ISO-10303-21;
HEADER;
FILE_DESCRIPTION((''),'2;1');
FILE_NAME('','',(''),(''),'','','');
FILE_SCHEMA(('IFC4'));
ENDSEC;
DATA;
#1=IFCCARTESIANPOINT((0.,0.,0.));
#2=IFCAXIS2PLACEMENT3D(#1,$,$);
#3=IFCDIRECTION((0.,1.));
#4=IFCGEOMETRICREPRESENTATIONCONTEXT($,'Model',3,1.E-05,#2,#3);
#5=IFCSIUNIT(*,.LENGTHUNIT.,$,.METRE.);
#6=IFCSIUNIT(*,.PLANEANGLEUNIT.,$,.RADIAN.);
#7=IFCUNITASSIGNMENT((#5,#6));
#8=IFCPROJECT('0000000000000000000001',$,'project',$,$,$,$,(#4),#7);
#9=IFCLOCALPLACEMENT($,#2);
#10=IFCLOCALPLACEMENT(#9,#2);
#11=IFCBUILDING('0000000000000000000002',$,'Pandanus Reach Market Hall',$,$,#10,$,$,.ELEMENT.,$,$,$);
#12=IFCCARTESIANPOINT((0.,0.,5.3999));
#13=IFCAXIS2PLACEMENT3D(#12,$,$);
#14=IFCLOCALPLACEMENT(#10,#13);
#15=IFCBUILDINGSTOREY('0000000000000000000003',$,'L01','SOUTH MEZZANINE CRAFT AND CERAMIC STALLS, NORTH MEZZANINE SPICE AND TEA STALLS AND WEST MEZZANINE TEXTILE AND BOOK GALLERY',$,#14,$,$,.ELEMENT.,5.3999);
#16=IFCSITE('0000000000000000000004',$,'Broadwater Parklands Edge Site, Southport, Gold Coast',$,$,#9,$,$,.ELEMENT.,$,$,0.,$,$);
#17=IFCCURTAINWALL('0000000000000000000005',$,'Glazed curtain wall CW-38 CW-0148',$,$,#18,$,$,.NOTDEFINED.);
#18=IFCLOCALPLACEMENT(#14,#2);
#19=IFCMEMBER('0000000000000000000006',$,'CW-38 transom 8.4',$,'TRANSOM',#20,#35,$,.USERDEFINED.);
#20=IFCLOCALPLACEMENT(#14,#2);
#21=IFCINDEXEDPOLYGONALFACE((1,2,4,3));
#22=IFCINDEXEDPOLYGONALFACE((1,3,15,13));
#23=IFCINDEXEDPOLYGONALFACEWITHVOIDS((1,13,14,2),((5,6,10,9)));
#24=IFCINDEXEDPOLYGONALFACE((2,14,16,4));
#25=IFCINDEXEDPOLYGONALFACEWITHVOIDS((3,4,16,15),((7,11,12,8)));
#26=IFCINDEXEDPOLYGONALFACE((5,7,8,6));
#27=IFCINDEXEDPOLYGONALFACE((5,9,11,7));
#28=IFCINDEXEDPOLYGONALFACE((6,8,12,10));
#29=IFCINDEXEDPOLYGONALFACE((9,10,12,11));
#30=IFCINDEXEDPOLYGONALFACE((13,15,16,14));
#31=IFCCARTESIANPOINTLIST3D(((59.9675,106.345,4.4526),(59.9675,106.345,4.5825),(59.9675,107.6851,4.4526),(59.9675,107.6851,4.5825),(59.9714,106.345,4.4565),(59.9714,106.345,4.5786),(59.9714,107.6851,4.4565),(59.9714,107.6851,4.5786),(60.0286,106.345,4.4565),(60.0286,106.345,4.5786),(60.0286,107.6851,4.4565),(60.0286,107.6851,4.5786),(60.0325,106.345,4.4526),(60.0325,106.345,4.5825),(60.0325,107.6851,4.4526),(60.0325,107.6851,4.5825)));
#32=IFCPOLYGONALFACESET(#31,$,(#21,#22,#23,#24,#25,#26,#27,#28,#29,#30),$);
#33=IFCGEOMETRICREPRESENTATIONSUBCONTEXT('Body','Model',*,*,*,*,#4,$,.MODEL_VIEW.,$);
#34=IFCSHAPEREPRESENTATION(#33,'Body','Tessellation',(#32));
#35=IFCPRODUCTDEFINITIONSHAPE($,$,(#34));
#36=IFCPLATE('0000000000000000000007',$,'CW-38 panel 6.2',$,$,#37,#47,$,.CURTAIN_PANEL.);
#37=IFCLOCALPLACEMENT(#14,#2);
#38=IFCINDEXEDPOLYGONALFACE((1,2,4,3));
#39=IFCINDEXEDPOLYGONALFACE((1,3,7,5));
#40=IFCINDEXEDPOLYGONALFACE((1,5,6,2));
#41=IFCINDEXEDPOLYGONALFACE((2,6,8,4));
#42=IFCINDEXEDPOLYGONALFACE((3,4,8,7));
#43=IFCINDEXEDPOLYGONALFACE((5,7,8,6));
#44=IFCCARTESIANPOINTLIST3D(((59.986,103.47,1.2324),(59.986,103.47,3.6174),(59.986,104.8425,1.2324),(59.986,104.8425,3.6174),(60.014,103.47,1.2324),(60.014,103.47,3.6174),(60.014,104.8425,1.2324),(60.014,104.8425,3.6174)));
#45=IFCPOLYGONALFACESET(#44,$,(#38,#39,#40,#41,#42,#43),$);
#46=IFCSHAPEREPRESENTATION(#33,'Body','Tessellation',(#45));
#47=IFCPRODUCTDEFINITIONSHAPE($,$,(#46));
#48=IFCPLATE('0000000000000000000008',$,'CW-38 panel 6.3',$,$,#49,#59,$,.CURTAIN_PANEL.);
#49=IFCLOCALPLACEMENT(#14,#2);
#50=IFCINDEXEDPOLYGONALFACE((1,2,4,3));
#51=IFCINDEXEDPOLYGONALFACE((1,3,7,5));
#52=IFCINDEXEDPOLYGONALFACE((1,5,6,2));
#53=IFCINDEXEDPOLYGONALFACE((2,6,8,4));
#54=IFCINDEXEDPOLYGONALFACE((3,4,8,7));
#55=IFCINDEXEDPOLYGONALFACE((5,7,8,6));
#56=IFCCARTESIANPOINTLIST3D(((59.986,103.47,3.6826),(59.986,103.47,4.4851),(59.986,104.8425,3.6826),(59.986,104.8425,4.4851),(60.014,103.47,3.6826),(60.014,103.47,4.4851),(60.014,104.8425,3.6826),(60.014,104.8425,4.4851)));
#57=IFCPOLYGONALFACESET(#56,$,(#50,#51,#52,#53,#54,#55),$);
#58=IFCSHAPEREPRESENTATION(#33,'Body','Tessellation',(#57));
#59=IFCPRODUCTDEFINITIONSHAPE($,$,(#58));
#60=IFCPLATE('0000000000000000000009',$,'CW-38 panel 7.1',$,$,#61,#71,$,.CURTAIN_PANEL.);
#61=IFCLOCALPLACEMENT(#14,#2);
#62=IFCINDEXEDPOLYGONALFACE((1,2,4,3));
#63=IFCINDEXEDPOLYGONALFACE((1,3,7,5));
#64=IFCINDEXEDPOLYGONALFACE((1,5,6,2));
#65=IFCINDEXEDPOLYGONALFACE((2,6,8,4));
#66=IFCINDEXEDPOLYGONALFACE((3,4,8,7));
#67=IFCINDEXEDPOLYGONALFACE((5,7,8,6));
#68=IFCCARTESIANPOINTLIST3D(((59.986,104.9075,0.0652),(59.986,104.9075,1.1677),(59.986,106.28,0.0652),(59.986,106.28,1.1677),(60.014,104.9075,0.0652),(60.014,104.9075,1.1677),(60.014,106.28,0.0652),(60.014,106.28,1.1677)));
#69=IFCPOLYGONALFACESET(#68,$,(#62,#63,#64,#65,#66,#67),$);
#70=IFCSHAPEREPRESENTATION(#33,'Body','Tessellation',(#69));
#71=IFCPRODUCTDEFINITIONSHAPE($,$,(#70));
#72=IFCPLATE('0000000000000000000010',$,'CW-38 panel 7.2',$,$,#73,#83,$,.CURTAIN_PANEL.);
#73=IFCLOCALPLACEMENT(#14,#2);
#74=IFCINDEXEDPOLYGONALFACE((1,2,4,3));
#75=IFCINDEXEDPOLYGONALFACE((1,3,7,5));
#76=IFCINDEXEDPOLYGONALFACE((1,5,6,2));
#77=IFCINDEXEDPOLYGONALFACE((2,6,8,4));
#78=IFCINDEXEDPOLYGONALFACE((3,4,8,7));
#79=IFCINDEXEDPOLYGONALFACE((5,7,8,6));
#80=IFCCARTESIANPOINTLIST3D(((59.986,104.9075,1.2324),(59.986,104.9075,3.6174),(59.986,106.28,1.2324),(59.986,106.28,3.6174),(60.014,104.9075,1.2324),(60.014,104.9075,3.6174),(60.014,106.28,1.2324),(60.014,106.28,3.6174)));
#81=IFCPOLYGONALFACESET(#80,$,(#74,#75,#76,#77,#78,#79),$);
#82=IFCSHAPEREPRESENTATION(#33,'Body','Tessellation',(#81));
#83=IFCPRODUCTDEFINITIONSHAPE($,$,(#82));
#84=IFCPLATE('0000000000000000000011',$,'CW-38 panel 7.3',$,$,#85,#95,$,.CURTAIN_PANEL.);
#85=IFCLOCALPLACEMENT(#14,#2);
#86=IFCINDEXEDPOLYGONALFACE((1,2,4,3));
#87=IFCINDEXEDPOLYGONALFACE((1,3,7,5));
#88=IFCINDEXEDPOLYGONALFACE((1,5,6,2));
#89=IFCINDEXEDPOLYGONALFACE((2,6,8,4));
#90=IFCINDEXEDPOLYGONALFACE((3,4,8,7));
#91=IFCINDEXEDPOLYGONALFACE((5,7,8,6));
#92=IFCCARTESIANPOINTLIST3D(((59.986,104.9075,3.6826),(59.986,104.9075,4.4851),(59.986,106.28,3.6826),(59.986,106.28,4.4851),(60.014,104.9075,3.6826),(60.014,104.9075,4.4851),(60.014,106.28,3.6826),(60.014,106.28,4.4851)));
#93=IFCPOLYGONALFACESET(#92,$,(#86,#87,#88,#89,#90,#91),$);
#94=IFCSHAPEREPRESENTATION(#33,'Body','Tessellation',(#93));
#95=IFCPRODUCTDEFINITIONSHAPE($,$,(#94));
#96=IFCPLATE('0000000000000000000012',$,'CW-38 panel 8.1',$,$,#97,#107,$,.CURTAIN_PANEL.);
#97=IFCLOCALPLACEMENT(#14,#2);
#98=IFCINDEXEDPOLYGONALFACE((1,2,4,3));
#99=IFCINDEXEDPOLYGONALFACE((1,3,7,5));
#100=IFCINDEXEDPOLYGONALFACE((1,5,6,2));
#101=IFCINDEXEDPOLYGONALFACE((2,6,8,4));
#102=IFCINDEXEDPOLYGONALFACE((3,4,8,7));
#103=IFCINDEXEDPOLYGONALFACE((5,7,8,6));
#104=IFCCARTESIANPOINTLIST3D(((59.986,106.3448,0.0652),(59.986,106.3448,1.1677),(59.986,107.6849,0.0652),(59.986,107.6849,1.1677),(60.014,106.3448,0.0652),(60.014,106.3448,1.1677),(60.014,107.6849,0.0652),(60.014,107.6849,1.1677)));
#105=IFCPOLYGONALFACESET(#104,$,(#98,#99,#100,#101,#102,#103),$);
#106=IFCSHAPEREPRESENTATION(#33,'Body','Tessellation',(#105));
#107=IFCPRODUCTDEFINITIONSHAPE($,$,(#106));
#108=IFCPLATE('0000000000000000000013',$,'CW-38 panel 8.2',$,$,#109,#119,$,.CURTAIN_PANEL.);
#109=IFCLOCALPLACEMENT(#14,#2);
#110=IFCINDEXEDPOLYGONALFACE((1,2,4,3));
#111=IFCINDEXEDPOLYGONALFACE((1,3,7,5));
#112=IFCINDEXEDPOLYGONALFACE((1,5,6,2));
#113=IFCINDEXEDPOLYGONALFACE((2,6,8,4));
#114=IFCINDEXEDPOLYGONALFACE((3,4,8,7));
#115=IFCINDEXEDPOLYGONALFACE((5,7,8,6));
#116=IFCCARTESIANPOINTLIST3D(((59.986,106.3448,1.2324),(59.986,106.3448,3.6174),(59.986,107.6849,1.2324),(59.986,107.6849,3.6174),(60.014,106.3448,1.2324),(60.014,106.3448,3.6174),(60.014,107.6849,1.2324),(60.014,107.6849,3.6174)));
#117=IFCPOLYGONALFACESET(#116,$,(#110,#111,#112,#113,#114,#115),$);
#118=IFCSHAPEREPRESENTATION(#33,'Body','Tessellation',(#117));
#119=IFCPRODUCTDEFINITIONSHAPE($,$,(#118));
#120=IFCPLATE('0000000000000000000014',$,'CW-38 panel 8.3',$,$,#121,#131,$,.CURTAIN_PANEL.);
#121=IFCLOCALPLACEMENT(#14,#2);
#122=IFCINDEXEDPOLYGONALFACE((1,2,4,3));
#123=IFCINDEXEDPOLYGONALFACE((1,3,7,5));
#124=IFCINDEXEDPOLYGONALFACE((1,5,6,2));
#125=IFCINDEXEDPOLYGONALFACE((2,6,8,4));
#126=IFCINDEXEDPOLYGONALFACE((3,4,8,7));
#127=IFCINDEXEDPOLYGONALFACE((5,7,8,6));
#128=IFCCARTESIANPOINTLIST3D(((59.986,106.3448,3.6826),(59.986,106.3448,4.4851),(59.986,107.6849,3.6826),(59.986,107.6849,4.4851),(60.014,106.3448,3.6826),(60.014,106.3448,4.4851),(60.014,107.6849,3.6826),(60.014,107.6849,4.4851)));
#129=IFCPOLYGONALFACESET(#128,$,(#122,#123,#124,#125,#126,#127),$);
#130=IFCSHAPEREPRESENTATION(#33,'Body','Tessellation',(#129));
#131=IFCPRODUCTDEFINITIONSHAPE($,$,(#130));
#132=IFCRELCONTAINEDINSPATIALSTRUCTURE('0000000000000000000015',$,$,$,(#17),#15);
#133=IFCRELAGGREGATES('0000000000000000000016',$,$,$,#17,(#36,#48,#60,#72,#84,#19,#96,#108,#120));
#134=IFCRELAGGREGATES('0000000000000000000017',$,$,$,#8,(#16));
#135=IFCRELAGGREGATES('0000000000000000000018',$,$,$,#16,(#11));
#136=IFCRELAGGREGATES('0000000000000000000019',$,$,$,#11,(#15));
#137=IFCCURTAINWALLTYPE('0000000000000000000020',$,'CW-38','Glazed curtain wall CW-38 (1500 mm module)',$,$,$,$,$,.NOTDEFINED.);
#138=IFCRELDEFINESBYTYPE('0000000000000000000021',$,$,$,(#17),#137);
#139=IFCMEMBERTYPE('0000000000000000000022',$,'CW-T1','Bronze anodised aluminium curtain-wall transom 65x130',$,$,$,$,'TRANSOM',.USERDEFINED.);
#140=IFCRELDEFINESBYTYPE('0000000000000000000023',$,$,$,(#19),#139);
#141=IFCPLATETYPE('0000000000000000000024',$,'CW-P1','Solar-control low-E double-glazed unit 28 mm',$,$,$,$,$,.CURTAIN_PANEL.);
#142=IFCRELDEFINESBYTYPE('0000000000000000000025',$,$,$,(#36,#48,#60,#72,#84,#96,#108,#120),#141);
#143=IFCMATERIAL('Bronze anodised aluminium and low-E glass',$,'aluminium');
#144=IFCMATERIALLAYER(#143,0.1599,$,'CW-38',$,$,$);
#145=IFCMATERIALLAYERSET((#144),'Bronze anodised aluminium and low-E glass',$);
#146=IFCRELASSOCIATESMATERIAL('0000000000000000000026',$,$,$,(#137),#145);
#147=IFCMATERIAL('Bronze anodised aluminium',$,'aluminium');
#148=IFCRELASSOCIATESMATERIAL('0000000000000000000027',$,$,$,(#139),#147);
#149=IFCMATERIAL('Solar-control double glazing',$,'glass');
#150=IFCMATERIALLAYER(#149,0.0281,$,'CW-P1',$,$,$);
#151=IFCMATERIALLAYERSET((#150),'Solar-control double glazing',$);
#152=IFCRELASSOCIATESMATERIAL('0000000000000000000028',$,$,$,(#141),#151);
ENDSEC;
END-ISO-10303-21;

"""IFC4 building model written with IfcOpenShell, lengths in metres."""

from ifc_helpers import new_model, si_unit, direction, frame, origin, origin_2d, place, context, subcontext, project, spatial, rectangle, hollow_rectangle, extrude, material, layer, layer_set, material_profile, profile_set, type_object, element, aggregate, save


model = new_model("IFC4")

# Units and contexts
model_context = context("Model", 3, precision=1e-05, world=origin(), true_north=direction((0.0, 1.0)))
body_context = subcontext(model_context, "Body", "Model", "MODEL_VIEW")
ifc_project = project(units=[si_unit("LENGTHUNIT", "METRE"), si_unit("PLANEANGLEUNIT", "RADIAN")], contexts=[model_context])

# Site, building, storey
site_placement = place(None, origin())
site = spatial("IfcSite", under=ifc_project, at=site_placement, Name="Broadwater Parklands Edge Site, Southport, Gold Coast", CompositionType="ELEMENT", RefElevation=0.0)
building_placement = place(site_placement, origin())
building = spatial("IfcBuilding", under=site, at=building_placement, Name="Pandanus Reach Market Hall", CompositionType="ELEMENT")
storey_placement = place(building_placement, frame((0.0, 0.0, 5.3999)))
storey = spatial("IfcBuildingStorey", under=building, at=storey_placement, Name="L01", Description="SOUTH MEZZANINE CRAFT AND CERAMIC STALLS, NORTH MEZZANINE SPICE AND TEA STALLS AND WEST MEZZANINE TEXTILE AND BOOK GALLERY", CompositionType="ELEMENT", Elevation=5.3999)

# Curtain wall, member, plates
ifc_material_1 = material(Name="Bronze anodised aluminium and low-E glass", Category="aluminium")
ifc_layer_1 = layer(ifc_material_1, 0.1599, Name="CW-38")
ifc_layer_set_1 = layer_set([ifc_layer_1], Name="Bronze anodised aluminium and low-E glass")
curtain_wall_type = type_object("IfcCurtainWallType", Name="CW-38", Description="Glazed curtain wall CW-38 (1500 mm module)", PredefinedType="NOTDEFINED", material=ifc_layer_set_1)
curtain_wall_placement = place(storey_placement, origin())
curtain_wall = element("IfcCurtainWall", 1, at=curtain_wall_placement, inside=storey, type_object=curtain_wall_type, Name="Glazed curtain wall CW-38 CW-0148", PredefinedType="NOTDEFINED")
ifc_material_2 = material(Name="Bronze anodised aluminium", Category="aluminium")
ifc_material_profile_1 = material_profile(ifc_material_2, hollow_rectangle(XDim=0.0649, YDim=0.1299, WallThickness=0.0039, at=origin_2d()), Name="ALU65x130", Category="LoadBearing")
ifc_profile_set_1 = profile_set([ifc_material_profile_1], Name="Bronze anodised aluminium")
member_type_1 = type_object("IfcMemberType", Name="CW-T1", Description="Bronze anodised aluminium curtain-wall transom 65x130", ElementType="TRANSOM", PredefinedType="USERDEFINED", material=ifc_profile_set_1)
member_1_placement = place(storey_placement, frame((60.0, 106.345, 4.5176), z_axis=(0.0, 1.0, 0.0), x_axis=(-1.0, 0.0, 0.0)))
member_1 = element("IfcMember", 2, at=member_1_placement, type_object=member_type_1, Name="CW-38 transom 8.4", ObjectType="TRANSOM", PredefinedType="USERDEFINED", context=body_context, shape_type="SweptSolid", body=[
    extrude(hollow_rectangle(XDim=0.0649, YDim=0.1299, WallThickness=0.0039, at=origin_2d()), origin(), (0.0, 0.0, 1.0), 1.3401),
])
ifc_material_3 = material(Name="Solar-control double glazing", Category="glass")
ifc_layer_2 = layer(ifc_material_3, 0.0281, Name="CW-P1")
ifc_layer_set_2 = layer_set([ifc_layer_2], Name="Solar-control double glazing")
plate_type = type_object("IfcPlateType", Name="CW-P1", Description="Solar-control low-E double-glazed unit 28 mm", PredefinedType="CURTAIN_PANEL", material=ifc_layer_set_2)
plate_1_placement = place(storey_placement, frame((60.0, 104.1562, 1.2324), z_axis=(0.0, 0.0, 1.0), x_axis=(0.0, 1.0, 0.0)))
plate_1 = element("IfcPlate", 3, at=plate_1_placement, type_object=plate_type, Name="CW-38 panel 6.2", PredefinedType="CURTAIN_PANEL", context=body_context, shape_type="SweptSolid", body=[
    extrude(rectangle(XDim=1.3726, YDim=0.0281, at=origin_2d()), origin(), (0.0, 0.0, 1.0), 2.385),
])
plate_2_placement = place(storey_placement, frame((60.0, 104.1562, 3.6826), z_axis=(0.0, 0.0, 1.0), x_axis=(0.0, 1.0, 0.0)))
plate_2 = element("IfcPlate", 4, at=plate_2_placement, type_object=plate_type, Name="CW-38 panel 6.3", PredefinedType="CURTAIN_PANEL", context=body_context, shape_type="SweptSolid", body=[
    extrude(rectangle(XDim=1.3726, YDim=0.0281, at=origin_2d()), origin(), (0.0, 0.0, 1.0), 0.8025),
])
plate_3_placement = place(storey_placement, frame((60.0, 105.5938, 0.0652), z_axis=(0.0, 0.0, 1.0), x_axis=(0.0, 1.0, 0.0)))
plate_3 = element("IfcPlate", 5, at=plate_3_placement, type_object=plate_type, Name="CW-38 panel 7.1", PredefinedType="CURTAIN_PANEL", context=body_context, shape_type="SweptSolid", body=[
    extrude(rectangle(XDim=1.3726, YDim=0.0281, at=origin_2d()), origin(), (0.0, 0.0, 1.0), 1.1025),
])
plate_4_placement = place(storey_placement, frame((60.0, 105.5938, 1.2324), z_axis=(0.0, 0.0, 1.0), x_axis=(0.0, 1.0, 0.0)))
plate_4 = element("IfcPlate", 6, at=plate_4_placement, type_object=plate_type, Name="CW-38 panel 7.2", PredefinedType="CURTAIN_PANEL", context=body_context, shape_type="SweptSolid", body=[
    extrude(rectangle(XDim=1.3726, YDim=0.0281, at=origin_2d()), origin(), (0.0, 0.0, 1.0), 2.385),
])
plate_5_placement = place(storey_placement, frame((60.0, 105.5938, 3.6826), z_axis=(0.0, 0.0, 1.0), x_axis=(0.0, 1.0, 0.0)))
plate_5 = element("IfcPlate", 7, at=plate_5_placement, type_object=plate_type, Name="CW-38 panel 7.3", PredefinedType="CURTAIN_PANEL", context=body_context, shape_type="SweptSolid", body=[
    extrude(rectangle(XDim=1.3726, YDim=0.0281, at=origin_2d()), origin(), (0.0, 0.0, 1.0), 0.8025),
])
plate_6_placement = place(storey_placement, frame((60.0, 107.0149, 0.0652), z_axis=(0.0, 0.0, 1.0), x_axis=(0.0, 1.0, 0.0)))
plate_6 = element("IfcPlate", 8, at=plate_6_placement, type_object=plate_type, Name="CW-38 panel 8.1", PredefinedType="CURTAIN_PANEL", context=body_context, shape_type="SweptSolid", body=[
    extrude(rectangle(XDim=1.3401, YDim=0.0281, at=origin_2d()), origin(), (0.0, 0.0, 1.0), 1.1025),
])
plate_7_placement = place(storey_placement, frame((60.0, 107.0149, 1.2324), z_axis=(0.0, 0.0, 1.0), x_axis=(0.0, 1.0, 0.0)))
plate_7 = element("IfcPlate", 9, at=plate_7_placement, type_object=plate_type, Name="CW-38 panel 8.2", PredefinedType="CURTAIN_PANEL", context=body_context, shape_type="SweptSolid", body=[
    extrude(rectangle(XDim=1.3401, YDim=0.0281, at=origin_2d()), origin(), (0.0, 0.0, 1.0), 2.385),
])
plate_8_placement = place(storey_placement, frame((60.0, 107.0149, 3.6826), z_axis=(0.0, 0.0, 1.0), x_axis=(0.0, 1.0, 0.0)))
plate_8 = element("IfcPlate", 10, at=plate_8_placement, type_object=plate_type, Name="CW-38 panel 8.3", PredefinedType="CURTAIN_PANEL", context=body_context, shape_type="SweptSolid", body=[
    extrude(rectangle(XDim=1.3401, YDim=0.0281, at=origin_2d()), origin(), (0.0, 0.0, 1.0), 0.8025),
])
aggregate(curtain_wall, [plate_1, plate_2, plate_3, plate_4, plate_5, member_1, plate_6, plate_7, plate_8])

save(model, "model.ifc")
